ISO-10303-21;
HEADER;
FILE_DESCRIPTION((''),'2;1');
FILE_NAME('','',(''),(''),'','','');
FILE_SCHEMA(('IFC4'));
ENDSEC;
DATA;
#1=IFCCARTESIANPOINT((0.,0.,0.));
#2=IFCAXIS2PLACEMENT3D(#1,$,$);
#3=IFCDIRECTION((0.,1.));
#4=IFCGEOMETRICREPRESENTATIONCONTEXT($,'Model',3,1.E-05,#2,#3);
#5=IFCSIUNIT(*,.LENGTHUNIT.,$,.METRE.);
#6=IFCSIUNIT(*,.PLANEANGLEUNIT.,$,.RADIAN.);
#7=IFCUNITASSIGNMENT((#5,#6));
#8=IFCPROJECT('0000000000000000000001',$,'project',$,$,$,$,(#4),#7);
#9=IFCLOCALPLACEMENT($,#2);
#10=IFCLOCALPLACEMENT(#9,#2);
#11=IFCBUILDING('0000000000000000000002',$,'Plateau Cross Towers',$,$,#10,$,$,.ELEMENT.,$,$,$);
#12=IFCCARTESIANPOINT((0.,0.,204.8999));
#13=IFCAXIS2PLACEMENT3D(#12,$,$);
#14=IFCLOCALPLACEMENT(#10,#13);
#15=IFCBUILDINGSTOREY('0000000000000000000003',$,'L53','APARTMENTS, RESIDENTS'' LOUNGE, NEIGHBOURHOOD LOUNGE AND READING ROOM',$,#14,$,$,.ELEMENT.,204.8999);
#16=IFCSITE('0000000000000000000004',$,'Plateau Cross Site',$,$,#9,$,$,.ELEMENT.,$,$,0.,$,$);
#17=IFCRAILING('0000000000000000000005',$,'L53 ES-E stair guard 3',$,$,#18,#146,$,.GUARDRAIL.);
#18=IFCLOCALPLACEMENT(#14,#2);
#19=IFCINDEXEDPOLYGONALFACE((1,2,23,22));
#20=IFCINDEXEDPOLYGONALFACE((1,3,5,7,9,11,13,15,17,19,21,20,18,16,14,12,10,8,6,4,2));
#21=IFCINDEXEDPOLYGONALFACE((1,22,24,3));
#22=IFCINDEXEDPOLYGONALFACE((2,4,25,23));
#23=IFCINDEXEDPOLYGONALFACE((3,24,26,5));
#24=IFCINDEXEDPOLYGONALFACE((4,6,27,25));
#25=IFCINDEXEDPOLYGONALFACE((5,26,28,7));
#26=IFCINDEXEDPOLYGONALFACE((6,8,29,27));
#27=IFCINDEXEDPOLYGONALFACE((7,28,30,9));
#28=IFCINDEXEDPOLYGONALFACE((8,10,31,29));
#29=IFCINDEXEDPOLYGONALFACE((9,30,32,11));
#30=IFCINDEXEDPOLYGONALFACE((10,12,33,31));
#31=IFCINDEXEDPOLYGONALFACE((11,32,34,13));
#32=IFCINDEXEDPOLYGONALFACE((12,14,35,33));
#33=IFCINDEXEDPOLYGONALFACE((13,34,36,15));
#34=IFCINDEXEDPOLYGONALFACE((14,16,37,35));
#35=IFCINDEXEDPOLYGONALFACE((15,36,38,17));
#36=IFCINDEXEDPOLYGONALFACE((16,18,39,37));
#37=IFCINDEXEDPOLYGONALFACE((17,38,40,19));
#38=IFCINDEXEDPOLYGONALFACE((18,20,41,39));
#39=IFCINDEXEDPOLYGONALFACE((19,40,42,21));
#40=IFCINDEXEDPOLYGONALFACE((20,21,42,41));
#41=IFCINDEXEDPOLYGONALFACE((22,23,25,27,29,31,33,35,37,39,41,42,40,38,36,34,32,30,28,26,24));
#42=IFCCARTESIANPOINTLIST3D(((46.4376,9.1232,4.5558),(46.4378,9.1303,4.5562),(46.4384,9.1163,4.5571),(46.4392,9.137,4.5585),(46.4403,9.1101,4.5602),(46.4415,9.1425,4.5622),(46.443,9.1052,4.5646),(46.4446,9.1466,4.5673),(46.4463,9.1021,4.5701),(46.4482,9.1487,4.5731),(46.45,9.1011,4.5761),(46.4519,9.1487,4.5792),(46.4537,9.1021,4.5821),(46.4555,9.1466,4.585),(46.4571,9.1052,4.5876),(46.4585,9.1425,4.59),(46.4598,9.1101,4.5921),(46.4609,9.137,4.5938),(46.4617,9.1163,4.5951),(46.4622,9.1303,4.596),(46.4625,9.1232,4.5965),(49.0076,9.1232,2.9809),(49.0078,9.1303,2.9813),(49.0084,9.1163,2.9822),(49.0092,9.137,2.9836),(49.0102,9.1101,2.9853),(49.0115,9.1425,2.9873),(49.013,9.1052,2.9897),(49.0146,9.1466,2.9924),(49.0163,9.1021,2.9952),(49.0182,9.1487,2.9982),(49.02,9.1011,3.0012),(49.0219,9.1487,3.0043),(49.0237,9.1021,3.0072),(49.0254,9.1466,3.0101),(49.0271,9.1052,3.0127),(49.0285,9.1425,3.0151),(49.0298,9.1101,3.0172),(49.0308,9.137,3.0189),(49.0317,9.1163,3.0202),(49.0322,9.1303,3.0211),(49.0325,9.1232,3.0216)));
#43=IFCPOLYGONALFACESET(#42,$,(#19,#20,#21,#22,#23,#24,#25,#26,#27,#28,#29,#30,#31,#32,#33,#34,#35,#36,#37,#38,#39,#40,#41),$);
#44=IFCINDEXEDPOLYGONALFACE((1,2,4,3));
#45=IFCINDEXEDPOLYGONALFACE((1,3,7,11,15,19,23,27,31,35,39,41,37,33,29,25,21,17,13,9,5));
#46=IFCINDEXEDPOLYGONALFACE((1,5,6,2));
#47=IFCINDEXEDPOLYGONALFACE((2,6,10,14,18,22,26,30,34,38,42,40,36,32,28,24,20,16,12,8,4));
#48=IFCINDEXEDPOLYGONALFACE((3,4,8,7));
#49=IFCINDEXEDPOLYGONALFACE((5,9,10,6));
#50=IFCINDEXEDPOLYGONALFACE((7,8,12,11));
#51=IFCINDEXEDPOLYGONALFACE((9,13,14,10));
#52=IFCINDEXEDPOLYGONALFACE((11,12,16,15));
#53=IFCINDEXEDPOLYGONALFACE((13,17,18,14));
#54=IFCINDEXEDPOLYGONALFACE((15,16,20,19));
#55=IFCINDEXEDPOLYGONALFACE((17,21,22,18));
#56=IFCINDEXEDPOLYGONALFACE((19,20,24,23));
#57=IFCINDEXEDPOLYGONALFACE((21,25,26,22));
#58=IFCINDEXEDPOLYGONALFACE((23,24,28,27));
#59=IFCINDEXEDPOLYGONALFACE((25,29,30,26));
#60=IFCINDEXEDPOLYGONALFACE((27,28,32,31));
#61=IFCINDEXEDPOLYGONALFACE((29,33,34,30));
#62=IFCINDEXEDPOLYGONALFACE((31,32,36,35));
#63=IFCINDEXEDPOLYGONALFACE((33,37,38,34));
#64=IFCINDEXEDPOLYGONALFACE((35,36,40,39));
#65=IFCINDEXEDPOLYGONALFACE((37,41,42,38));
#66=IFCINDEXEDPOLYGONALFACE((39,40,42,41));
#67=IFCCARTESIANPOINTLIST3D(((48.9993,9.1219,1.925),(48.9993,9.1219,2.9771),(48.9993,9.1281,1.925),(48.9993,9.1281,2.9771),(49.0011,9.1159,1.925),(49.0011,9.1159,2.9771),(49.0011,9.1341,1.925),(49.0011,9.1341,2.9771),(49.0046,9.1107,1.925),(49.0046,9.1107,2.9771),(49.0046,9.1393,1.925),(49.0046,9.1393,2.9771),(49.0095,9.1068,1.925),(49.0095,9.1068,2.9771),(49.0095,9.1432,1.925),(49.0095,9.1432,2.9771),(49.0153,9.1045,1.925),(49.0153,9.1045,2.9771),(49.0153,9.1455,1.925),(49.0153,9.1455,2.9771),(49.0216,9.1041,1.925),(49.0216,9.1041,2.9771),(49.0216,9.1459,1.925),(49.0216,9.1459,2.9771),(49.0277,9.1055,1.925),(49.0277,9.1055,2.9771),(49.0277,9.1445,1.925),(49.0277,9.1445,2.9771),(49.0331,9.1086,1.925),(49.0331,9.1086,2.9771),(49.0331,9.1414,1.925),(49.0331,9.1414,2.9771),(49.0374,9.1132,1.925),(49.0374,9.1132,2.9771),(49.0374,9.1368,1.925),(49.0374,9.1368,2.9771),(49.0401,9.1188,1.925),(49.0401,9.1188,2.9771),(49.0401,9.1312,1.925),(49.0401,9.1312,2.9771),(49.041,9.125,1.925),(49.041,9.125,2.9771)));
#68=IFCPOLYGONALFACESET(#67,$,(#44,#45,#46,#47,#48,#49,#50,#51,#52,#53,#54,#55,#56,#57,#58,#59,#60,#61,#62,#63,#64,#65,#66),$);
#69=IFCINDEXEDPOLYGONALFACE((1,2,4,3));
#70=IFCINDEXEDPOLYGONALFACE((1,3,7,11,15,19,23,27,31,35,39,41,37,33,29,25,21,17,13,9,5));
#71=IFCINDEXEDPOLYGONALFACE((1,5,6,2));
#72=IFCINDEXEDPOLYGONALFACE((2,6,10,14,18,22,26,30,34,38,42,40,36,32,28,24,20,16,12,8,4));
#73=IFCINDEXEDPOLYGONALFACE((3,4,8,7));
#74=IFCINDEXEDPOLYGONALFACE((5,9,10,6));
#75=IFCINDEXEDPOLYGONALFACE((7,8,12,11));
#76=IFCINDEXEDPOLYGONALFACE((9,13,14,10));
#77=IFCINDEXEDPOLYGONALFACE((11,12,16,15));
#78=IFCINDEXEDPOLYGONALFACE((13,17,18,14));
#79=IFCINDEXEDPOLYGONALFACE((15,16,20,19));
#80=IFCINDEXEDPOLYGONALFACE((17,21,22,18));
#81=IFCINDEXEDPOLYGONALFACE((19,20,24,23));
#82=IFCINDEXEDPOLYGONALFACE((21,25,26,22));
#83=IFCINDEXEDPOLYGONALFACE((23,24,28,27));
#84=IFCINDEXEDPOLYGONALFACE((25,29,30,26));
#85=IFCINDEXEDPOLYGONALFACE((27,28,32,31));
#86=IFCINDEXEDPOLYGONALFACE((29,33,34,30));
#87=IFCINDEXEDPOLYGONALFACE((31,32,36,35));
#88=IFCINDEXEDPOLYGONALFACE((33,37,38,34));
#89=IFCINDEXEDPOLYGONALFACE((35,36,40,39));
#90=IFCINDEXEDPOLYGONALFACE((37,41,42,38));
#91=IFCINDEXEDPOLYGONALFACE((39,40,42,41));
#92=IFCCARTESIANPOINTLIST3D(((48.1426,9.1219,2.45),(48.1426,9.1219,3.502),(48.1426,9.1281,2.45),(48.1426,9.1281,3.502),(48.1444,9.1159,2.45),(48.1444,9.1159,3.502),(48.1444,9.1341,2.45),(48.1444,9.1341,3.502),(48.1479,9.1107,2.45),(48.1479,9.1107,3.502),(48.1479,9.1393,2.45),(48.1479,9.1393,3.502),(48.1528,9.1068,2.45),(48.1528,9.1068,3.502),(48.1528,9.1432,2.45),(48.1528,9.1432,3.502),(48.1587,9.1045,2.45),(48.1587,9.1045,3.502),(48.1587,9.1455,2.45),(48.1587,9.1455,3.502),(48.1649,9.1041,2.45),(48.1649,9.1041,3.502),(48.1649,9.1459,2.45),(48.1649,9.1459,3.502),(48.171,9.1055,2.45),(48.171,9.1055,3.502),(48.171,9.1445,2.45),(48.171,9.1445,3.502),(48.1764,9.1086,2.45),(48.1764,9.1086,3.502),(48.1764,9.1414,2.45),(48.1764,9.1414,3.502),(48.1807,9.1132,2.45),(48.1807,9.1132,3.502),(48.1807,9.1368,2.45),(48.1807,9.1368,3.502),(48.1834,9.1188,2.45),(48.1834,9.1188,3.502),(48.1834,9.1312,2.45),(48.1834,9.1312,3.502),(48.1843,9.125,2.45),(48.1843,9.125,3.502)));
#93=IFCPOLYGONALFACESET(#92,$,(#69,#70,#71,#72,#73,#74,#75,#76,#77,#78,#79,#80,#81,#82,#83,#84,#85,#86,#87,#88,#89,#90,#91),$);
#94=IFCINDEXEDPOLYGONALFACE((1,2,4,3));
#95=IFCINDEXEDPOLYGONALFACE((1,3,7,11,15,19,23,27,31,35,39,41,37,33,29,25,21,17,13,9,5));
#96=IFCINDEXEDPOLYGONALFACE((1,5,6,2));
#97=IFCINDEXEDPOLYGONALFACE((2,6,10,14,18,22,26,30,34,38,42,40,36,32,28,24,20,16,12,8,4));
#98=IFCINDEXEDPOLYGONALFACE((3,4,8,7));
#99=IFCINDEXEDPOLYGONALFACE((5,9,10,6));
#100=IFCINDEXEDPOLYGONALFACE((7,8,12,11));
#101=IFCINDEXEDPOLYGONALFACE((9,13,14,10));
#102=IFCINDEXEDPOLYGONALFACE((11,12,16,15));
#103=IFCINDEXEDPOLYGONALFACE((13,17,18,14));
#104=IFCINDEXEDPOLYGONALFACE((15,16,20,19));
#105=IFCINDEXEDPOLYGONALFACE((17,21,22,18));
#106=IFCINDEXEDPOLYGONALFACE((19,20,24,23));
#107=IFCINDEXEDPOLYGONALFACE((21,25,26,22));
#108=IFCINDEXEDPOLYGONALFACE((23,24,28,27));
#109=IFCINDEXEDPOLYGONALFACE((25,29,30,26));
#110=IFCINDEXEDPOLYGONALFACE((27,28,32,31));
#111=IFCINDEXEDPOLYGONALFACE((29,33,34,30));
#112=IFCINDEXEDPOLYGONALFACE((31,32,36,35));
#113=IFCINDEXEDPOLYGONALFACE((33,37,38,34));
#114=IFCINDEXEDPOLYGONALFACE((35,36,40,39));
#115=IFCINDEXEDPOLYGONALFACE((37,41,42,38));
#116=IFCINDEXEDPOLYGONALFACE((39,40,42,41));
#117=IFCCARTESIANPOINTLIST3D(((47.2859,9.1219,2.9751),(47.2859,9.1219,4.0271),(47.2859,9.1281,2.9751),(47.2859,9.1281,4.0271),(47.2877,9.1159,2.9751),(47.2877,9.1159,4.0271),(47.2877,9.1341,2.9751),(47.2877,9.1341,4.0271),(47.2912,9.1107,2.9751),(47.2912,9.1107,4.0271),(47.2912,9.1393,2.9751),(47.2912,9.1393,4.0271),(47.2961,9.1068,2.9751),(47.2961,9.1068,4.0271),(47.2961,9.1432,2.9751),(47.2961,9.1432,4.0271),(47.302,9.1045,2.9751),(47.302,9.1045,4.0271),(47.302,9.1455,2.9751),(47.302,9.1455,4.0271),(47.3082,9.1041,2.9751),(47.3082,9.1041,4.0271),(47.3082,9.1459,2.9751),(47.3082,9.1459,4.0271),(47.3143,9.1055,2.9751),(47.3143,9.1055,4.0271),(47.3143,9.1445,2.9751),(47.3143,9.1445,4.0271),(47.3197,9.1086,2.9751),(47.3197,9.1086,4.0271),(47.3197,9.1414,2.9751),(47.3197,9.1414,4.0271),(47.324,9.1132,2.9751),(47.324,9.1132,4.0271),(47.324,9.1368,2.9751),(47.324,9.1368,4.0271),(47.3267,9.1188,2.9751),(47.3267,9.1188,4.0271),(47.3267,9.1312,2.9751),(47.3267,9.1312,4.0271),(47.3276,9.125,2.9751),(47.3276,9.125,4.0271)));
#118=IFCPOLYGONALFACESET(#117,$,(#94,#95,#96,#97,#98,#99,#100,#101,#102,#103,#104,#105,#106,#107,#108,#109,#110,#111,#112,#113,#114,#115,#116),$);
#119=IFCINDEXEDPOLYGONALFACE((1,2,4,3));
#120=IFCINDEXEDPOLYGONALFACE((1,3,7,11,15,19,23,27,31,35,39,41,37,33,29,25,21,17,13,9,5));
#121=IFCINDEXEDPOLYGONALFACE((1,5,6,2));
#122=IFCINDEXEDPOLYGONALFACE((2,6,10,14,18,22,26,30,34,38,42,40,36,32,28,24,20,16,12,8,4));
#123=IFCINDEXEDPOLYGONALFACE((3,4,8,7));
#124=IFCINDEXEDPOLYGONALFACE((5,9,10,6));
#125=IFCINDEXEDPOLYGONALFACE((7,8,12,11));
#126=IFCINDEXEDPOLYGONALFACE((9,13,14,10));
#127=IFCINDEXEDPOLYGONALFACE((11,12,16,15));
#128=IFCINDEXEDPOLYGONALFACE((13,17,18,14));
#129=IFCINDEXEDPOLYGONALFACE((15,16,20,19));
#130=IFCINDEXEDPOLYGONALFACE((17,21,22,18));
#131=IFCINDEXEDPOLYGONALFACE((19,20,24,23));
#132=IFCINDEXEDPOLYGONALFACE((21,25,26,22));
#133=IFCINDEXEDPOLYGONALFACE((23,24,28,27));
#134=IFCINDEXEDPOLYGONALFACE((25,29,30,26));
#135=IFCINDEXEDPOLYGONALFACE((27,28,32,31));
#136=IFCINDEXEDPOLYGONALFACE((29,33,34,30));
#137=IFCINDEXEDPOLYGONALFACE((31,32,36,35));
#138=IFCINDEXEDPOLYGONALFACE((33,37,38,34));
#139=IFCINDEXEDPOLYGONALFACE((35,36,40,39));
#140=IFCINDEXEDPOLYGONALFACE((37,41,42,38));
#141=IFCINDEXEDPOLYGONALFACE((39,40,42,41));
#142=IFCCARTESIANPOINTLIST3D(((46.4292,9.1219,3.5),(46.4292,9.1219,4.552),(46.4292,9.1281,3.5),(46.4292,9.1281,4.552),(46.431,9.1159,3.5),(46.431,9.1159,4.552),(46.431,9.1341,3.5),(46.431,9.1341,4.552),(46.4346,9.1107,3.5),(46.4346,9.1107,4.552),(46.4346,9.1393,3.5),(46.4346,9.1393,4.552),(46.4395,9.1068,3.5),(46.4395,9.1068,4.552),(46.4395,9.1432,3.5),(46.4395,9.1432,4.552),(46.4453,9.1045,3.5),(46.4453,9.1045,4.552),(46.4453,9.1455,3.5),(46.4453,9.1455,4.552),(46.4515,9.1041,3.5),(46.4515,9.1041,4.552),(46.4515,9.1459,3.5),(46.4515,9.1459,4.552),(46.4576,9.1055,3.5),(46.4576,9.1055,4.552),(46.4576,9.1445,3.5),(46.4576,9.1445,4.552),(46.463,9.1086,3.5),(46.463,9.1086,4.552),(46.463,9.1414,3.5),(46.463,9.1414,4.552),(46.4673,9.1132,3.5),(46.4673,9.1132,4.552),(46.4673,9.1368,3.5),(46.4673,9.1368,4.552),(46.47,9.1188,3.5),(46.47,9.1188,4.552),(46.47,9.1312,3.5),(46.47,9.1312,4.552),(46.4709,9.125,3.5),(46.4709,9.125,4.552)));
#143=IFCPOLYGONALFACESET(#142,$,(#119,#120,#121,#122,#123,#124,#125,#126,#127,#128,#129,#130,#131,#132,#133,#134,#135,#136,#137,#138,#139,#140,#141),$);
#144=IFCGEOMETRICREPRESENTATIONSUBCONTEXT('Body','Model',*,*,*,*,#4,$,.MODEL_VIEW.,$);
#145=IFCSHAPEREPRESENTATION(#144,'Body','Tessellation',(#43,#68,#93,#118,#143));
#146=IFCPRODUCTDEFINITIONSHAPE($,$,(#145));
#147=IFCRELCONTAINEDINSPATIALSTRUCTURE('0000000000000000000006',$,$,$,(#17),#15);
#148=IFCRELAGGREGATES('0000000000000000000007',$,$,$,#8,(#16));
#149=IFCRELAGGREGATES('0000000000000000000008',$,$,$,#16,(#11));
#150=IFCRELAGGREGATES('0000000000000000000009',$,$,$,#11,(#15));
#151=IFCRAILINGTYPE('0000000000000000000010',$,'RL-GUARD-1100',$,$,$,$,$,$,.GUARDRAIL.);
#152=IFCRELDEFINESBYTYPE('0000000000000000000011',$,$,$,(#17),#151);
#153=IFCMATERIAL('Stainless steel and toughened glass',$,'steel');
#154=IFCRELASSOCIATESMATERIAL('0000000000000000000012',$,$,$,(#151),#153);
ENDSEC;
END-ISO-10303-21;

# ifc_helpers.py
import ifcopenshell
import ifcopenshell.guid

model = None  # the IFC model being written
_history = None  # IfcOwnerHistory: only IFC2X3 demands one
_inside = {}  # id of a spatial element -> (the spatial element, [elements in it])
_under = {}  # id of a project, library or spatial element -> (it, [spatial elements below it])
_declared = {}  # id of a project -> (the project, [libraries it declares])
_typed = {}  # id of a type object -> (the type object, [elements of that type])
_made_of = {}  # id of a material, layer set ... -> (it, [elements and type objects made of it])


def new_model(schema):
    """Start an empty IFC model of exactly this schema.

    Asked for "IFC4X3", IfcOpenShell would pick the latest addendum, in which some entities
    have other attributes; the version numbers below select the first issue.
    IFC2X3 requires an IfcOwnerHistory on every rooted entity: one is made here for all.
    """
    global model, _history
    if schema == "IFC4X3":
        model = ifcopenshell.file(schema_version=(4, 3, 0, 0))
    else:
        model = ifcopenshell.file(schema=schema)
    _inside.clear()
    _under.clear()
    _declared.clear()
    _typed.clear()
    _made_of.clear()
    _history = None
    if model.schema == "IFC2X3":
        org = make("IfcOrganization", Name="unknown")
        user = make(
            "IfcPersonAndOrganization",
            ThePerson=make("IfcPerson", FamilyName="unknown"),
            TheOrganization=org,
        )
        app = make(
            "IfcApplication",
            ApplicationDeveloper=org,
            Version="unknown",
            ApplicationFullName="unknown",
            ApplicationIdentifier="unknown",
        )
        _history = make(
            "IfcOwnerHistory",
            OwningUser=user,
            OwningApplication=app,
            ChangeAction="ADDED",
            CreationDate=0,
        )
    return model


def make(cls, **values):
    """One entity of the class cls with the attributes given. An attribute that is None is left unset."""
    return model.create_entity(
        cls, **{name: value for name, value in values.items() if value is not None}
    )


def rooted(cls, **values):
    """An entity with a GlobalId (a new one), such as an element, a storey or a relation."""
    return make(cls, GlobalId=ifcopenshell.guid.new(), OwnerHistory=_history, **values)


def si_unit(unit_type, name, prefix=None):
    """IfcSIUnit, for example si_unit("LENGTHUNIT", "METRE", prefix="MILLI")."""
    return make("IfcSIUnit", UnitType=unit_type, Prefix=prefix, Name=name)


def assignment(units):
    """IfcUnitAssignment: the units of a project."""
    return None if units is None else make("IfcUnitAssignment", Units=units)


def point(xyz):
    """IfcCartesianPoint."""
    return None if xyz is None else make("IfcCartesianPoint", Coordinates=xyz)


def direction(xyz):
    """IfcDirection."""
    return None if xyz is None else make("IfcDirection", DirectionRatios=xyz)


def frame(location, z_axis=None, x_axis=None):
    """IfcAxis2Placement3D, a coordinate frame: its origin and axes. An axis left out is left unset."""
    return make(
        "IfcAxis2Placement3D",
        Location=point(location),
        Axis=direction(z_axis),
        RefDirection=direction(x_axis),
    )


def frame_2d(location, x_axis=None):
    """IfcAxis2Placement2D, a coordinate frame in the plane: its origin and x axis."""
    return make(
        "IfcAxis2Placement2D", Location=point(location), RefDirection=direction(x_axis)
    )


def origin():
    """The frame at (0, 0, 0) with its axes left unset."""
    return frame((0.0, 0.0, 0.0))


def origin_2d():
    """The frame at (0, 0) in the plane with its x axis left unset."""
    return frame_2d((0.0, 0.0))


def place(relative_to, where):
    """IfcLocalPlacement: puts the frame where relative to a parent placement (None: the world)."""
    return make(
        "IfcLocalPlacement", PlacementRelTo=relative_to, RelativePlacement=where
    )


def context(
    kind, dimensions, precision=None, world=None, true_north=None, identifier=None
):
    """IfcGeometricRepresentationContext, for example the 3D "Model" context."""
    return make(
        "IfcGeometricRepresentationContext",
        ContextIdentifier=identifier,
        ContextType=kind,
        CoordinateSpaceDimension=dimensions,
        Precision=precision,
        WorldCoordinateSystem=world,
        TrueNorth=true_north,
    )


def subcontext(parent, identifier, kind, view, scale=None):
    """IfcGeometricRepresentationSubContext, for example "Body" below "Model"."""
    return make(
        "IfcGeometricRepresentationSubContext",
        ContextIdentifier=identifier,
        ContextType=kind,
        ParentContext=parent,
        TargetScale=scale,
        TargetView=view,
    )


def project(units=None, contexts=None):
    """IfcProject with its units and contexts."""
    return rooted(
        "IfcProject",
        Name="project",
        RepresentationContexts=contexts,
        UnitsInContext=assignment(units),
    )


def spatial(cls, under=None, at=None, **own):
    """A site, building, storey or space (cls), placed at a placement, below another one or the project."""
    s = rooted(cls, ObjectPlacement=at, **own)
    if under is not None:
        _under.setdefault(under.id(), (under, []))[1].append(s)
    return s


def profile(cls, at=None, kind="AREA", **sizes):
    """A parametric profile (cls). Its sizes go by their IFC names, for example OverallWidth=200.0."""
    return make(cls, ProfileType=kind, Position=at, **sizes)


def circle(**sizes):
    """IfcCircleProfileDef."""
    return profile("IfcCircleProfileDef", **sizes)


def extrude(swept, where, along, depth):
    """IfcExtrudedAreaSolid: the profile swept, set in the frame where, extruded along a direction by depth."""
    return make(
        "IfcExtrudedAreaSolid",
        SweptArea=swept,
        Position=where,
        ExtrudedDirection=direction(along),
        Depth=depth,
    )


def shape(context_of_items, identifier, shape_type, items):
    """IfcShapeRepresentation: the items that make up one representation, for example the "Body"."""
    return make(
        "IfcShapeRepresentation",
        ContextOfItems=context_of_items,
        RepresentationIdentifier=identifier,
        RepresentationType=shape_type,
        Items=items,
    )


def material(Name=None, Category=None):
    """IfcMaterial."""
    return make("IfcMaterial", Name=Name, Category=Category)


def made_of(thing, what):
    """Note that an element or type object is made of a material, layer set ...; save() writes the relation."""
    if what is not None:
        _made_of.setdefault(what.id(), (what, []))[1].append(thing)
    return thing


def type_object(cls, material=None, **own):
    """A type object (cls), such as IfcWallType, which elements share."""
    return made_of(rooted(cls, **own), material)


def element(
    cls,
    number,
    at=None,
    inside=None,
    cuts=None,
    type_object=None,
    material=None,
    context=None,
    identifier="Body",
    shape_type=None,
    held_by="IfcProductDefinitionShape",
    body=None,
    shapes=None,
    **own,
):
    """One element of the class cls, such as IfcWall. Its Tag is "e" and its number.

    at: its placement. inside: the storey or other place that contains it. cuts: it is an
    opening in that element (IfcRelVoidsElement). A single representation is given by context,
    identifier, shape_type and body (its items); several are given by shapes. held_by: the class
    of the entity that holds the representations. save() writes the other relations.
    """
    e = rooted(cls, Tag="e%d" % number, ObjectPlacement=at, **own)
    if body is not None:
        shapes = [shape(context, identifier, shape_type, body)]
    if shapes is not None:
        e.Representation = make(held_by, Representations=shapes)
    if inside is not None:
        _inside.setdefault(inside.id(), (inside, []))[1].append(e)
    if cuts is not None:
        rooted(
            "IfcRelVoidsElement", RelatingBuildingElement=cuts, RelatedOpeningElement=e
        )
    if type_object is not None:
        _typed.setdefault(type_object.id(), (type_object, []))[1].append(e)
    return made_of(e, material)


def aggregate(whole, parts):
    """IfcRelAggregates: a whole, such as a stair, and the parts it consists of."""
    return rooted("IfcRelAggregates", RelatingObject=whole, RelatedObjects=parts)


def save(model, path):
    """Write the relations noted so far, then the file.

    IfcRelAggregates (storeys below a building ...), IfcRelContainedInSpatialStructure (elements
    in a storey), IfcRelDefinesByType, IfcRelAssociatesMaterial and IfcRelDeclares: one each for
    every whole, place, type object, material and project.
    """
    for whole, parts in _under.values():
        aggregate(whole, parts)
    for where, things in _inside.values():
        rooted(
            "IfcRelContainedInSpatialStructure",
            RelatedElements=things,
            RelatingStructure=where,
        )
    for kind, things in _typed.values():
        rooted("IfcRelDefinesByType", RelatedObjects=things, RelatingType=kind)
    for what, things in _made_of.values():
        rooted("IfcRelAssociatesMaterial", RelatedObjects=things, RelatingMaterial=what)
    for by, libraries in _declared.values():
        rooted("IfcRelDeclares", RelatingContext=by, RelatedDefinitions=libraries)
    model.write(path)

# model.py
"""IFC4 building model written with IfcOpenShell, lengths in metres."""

from ifc_helpers import new_model, si_unit, direction, frame, origin, origin_2d, place, context, subcontext, project, spatial, circle, extrude, material, type_object, element, save


model = new_model("IFC4")

# Units and contexts
model_context = context("Model", 3, precision=1e-05, world=origin(), true_north=direction((0.0, 1.0)))
body_context = subcontext(model_context, "Body", "Model", "MODEL_VIEW")
ifc_project = project(units=[si_unit("LENGTHUNIT", "METRE"), si_unit("PLANEANGLEUNIT", "RADIAN")], contexts=[model_context])

# Site, building, storey
site_placement = place(None, origin())
site = spatial("IfcSite", under=ifc_project, at=site_placement, Name="Plateau Cross Site", CompositionType="ELEMENT", RefElevation=0.0)
building_placement = place(site_placement, origin())
building = spatial("IfcBuilding", under=site, at=building_placement, Name="Plateau Cross Towers", CompositionType="ELEMENT")
storey_placement = place(building_placement, frame((0.0, 0.0, 204.8999)))
storey = spatial("IfcBuildingStorey", under=building, at=storey_placement, Name="L53", Description="APARTMENTS, RESIDENTS' LOUNGE, NEIGHBOURHOOD LOUNGE AND READING ROOM", CompositionType="ELEMENT", Elevation=204.8999)

# Railing
ifc_material_1 = material(Name="Stainless steel and toughened glass", Category="steel")
railing_type_1 = type_object("IfcRailingType", Name="RL-GUARD-1100", PredefinedType="GUARDRAIL", material=ifc_material_1)
railing_1_placement = place(storey_placement, frame((49.02, 9.125, 1.925)))
element("IfcRailing", 1, at=railing_1_placement, inside=storey, type_object=railing_type_1, Name="L53 ES-E stair guard 3", PredefinedType="GUARDRAIL", context=body_context, shape_type="SweptSolid", body=[
    extrude(circle(Radius=0.0239, at=origin_2d()), frame((0.0, 0.0, 1.0762), z_axis=(-0.852639, 0.0, 0.522501), x_axis=(0.0, -1.0, 0.0)), (0.0, 0.0, 1.0), 3.0142),
    extrude(circle(Radius=0.021, at=origin_2d()), origin(), (0.0, 0.0, 1.0), 1.052),
    extrude(circle(Radius=0.021, at=origin_2d()), frame((-0.8567, 0.0, 0.5249)), (0.0, 0.0, 1.0), 1.052),
    extrude(circle(Radius=0.021, at=origin_2d()), frame((-1.7134, 0.0, 1.05)), (0.0, 0.0, 1.0), 1.052),
    extrude(circle(Radius=0.021, at=origin_2d()), frame((-2.5701, 0.0, 1.575)), (0.0, 0.0, 1.0), 1.052),
])

save(model, "model.ifc")
